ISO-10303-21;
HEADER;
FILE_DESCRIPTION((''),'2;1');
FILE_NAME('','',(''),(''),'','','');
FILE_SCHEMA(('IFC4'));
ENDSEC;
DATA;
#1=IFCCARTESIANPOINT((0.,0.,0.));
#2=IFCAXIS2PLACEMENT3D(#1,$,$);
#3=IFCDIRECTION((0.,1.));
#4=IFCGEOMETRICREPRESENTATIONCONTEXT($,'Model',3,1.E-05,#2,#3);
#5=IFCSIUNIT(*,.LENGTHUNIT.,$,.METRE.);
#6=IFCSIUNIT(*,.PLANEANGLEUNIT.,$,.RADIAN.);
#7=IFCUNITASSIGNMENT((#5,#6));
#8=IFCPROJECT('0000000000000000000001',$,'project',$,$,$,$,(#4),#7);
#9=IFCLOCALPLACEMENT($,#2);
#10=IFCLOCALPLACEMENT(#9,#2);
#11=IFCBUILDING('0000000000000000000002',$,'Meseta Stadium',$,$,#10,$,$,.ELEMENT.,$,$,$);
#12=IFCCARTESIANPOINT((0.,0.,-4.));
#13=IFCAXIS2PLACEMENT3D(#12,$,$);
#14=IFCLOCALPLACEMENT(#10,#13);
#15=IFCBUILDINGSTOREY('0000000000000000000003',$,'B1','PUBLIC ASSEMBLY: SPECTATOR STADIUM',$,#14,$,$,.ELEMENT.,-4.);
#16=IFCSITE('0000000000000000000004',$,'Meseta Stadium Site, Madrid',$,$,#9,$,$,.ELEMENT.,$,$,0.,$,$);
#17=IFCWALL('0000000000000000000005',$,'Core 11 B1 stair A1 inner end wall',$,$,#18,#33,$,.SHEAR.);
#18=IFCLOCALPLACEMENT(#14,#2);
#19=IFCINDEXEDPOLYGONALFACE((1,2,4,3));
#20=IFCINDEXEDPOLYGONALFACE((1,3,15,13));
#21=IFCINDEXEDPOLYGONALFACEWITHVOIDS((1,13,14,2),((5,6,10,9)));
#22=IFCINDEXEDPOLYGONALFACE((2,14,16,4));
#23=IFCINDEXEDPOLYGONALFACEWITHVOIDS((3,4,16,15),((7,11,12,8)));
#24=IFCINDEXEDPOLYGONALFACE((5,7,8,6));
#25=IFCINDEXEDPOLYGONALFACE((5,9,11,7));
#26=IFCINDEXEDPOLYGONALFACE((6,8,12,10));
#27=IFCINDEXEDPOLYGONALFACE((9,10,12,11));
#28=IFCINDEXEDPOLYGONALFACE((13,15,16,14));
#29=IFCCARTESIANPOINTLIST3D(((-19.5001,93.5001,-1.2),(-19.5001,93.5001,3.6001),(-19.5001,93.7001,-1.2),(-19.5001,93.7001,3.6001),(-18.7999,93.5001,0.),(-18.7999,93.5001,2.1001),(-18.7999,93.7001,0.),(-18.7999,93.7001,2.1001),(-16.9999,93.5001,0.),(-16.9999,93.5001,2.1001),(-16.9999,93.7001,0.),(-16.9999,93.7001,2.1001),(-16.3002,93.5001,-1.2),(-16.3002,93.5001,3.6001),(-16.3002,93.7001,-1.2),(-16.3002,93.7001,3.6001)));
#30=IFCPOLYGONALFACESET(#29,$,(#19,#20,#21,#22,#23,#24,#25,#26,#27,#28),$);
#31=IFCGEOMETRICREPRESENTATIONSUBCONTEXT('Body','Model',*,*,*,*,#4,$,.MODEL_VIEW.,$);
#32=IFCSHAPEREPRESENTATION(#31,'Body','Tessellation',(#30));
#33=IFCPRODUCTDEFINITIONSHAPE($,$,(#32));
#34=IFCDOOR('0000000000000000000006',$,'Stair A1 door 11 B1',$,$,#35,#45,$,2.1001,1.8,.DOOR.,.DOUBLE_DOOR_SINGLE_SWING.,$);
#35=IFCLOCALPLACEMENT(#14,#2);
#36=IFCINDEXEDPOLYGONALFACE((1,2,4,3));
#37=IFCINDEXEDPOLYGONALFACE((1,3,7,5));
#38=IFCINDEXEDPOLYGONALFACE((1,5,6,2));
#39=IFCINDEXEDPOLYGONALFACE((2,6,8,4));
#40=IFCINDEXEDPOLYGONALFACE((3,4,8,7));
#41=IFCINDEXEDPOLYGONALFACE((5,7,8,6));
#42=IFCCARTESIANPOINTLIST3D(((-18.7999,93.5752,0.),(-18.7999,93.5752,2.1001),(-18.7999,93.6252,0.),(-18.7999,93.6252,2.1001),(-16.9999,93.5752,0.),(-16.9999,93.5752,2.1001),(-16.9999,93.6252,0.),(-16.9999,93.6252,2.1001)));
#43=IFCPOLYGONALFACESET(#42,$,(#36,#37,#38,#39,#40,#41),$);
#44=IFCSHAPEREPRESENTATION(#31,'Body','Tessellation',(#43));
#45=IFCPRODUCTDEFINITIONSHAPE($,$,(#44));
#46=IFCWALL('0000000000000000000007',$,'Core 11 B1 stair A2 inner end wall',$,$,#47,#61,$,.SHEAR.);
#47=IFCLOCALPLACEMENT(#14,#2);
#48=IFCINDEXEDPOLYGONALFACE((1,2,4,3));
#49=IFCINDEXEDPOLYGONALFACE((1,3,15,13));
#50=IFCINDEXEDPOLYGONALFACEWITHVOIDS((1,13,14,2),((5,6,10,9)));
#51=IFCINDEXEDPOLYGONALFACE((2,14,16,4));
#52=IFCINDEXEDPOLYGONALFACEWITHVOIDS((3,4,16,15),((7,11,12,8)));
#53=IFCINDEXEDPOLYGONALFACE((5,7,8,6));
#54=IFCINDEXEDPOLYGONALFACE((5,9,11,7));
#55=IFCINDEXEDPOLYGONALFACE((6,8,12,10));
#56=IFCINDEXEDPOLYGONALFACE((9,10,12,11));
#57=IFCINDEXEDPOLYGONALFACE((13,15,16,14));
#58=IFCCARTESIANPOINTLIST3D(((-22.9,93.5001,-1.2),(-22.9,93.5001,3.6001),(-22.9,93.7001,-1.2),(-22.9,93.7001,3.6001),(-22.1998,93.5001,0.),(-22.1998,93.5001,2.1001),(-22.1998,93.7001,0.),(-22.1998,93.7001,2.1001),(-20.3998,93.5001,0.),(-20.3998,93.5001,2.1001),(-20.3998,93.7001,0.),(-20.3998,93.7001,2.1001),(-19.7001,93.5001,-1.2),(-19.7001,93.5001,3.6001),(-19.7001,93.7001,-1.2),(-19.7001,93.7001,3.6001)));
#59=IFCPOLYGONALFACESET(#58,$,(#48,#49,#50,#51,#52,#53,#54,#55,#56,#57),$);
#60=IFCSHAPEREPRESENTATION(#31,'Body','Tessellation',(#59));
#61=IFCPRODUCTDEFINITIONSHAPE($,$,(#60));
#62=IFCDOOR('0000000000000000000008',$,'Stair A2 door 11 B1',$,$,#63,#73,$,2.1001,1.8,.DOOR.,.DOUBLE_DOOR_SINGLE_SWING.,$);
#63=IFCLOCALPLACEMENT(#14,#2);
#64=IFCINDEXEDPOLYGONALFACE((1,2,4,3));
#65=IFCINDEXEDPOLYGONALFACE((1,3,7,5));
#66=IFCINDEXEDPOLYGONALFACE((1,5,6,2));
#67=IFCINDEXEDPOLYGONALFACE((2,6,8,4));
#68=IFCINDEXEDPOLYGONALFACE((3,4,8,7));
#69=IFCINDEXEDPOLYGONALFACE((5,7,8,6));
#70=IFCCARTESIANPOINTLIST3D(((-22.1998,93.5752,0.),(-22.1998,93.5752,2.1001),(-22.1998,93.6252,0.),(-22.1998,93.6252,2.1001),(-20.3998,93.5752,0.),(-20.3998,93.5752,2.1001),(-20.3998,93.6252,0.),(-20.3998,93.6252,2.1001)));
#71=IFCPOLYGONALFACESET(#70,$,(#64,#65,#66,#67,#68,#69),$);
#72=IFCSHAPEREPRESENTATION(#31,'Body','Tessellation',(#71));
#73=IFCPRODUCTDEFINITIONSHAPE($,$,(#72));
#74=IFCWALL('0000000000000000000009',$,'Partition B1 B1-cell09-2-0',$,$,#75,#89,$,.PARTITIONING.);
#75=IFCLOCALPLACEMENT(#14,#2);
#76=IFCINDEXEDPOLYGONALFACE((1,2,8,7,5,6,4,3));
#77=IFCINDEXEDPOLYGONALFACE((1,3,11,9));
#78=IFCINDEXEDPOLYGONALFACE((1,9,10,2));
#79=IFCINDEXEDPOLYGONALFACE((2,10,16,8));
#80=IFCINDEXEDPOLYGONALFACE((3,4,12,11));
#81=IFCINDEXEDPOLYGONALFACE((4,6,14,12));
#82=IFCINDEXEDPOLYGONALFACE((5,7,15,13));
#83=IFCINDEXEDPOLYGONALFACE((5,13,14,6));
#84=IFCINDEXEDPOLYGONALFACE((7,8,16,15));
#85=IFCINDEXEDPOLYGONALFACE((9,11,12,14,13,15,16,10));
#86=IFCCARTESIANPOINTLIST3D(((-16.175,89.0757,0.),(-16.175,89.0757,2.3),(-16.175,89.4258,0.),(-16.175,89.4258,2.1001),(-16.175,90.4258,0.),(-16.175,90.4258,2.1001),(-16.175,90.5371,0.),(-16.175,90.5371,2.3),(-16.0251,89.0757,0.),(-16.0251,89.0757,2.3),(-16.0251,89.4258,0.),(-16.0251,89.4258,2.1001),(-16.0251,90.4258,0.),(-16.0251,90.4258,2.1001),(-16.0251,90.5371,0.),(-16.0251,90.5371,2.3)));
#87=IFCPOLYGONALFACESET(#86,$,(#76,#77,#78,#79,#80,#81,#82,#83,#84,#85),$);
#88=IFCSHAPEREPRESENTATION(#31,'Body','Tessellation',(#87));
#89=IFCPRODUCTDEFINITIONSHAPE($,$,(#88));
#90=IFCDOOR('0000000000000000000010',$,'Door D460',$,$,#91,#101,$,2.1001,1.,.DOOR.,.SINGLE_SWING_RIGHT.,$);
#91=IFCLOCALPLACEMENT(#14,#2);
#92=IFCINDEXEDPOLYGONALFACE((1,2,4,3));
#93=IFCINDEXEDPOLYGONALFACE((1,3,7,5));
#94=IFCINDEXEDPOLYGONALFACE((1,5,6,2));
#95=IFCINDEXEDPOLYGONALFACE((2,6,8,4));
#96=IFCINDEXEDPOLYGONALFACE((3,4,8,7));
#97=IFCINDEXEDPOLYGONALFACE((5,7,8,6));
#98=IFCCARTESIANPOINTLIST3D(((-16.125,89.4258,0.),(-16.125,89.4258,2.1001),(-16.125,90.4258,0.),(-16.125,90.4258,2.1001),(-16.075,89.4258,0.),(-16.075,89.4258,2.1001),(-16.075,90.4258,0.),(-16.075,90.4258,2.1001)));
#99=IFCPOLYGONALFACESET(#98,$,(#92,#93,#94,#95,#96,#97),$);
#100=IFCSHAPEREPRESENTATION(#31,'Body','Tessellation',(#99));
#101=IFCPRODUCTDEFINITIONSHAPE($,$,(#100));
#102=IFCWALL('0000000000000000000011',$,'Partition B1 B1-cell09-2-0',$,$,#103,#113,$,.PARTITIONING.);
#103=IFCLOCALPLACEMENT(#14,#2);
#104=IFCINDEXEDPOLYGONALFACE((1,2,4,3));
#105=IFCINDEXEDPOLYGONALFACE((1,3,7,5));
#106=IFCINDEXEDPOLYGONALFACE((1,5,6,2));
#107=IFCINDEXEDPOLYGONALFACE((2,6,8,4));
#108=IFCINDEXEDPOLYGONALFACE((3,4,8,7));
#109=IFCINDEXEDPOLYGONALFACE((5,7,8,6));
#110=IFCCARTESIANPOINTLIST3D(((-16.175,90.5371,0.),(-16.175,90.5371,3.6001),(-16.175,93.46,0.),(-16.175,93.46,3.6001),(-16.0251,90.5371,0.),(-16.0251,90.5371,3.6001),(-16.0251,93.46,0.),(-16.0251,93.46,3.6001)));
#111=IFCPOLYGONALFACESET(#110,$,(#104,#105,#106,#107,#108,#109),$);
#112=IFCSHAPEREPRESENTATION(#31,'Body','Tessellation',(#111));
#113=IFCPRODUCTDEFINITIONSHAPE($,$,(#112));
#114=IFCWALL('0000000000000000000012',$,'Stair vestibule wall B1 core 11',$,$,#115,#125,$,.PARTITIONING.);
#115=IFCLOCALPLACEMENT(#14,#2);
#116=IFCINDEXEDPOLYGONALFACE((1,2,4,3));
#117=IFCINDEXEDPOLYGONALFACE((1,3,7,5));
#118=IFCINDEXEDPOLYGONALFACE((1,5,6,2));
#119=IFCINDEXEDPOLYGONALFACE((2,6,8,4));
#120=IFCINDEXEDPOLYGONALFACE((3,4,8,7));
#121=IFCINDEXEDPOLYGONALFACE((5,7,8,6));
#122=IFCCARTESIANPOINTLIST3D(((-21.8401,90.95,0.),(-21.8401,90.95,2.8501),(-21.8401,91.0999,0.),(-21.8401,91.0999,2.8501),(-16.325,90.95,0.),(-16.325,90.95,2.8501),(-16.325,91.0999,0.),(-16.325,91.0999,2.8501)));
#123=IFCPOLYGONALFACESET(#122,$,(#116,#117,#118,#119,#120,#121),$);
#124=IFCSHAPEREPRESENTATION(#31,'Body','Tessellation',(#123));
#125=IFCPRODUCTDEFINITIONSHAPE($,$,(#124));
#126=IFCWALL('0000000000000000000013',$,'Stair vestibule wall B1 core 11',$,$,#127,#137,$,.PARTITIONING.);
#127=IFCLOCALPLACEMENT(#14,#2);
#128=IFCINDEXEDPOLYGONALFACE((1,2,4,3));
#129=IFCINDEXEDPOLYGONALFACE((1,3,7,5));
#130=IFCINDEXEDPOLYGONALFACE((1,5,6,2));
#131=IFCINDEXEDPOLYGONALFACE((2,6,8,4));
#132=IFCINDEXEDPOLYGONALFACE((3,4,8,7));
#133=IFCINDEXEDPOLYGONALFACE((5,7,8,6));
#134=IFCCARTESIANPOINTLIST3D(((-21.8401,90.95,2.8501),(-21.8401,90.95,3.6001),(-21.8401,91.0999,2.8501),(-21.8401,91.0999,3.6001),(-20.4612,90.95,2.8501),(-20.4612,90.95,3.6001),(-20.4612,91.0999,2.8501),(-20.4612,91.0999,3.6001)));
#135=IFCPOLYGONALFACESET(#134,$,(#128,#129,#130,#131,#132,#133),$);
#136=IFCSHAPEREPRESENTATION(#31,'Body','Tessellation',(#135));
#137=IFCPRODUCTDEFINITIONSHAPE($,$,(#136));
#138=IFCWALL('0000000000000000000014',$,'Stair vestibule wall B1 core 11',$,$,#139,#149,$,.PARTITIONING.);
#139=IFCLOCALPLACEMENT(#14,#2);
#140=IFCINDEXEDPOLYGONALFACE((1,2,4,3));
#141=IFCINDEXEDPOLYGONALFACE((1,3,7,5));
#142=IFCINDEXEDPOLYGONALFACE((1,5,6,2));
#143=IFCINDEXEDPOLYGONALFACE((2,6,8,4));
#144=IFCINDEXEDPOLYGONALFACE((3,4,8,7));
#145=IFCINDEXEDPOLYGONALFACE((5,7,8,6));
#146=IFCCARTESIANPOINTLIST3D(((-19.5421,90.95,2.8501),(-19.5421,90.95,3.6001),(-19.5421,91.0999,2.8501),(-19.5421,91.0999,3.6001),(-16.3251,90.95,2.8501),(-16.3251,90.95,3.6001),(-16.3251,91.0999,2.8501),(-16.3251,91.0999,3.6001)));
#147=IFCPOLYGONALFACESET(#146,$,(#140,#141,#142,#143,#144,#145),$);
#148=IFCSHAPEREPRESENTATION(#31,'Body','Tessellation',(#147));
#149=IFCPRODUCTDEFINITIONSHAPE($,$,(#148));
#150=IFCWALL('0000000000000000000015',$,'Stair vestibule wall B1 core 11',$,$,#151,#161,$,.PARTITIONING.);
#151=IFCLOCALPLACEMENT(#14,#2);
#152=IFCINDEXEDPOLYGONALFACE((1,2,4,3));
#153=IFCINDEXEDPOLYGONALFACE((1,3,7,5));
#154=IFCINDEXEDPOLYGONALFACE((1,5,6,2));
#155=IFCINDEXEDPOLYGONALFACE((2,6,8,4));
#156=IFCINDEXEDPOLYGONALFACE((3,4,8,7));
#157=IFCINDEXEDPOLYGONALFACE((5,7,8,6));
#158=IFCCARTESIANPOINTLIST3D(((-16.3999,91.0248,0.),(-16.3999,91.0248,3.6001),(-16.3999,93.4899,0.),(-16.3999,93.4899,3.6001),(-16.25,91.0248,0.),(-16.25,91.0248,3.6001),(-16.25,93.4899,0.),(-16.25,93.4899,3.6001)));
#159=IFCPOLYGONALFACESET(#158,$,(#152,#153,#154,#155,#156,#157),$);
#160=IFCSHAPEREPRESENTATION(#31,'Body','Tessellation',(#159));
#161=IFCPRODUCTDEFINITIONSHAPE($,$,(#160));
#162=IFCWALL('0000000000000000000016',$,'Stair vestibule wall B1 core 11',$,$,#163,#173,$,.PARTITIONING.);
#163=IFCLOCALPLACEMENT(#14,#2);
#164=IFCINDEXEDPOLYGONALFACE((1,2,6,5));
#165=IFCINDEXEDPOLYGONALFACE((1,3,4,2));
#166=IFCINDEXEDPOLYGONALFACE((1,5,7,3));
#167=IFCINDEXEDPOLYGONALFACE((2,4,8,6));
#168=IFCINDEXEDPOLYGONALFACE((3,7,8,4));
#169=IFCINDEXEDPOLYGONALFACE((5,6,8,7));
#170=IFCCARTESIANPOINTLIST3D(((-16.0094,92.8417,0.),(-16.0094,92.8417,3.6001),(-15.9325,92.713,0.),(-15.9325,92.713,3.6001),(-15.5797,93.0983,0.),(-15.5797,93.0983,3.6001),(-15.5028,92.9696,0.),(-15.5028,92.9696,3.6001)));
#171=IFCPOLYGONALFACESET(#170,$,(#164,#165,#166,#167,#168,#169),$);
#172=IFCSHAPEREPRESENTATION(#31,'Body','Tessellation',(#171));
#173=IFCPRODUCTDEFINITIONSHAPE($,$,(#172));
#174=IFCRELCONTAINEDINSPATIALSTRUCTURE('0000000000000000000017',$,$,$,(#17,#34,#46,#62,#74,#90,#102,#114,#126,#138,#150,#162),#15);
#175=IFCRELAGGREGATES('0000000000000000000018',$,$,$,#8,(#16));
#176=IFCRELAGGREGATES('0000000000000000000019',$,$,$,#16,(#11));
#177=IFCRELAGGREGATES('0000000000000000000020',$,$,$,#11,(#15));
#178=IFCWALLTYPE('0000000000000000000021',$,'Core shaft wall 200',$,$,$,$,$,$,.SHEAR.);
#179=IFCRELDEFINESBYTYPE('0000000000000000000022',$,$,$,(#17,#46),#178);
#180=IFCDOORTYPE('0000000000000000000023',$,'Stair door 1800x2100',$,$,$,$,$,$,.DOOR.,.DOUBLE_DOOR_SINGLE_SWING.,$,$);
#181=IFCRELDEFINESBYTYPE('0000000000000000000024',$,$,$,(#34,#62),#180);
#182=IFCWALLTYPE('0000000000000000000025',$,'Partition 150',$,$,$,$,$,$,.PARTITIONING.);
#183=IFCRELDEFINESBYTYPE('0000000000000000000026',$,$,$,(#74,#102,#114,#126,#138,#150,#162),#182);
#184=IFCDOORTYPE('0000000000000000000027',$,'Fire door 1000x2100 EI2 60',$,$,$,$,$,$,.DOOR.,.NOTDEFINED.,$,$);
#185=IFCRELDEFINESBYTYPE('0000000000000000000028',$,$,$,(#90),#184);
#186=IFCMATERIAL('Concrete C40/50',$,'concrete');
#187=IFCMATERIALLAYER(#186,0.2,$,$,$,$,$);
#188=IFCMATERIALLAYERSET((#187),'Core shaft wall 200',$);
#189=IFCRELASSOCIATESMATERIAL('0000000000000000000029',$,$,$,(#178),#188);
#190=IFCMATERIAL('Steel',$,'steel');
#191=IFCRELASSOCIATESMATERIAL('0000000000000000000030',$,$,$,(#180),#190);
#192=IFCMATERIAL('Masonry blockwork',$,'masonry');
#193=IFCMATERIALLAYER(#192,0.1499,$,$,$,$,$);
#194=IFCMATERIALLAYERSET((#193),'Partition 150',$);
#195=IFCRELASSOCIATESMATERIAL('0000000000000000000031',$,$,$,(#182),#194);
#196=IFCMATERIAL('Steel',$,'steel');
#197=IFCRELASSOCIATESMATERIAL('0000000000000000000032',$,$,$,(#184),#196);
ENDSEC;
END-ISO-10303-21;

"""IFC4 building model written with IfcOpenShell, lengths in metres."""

from ifc_helpers import new_model, si_unit, direction, frame, frame_2d, origin, place, context, subcontext, project, spatial, rectangle, extrude, material, layer, layer_set, type_object, element, fill, save


model = new_model("IFC4")

# Units and contexts
model_context = context("Model", 3, precision=1e-05, world=origin(), true_north=direction((0.0, 1.0)))
body_context = subcontext(model_context, "Body", "Model", "MODEL_VIEW")
ifc_project = project(units=[si_unit("LENGTHUNIT", "METRE"), si_unit("PLANEANGLEUNIT", "RADIAN")], contexts=[model_context])

# Site, building, storey
site_placement = place(None, origin())
site = spatial("IfcSite", under=ifc_project, at=site_placement, Name="Meseta Stadium Site, Madrid", CompositionType="ELEMENT", RefElevation=0.0)
building_placement = place(site_placement, origin())
building = spatial("IfcBuilding", under=site, at=building_placement, Name="Meseta Stadium", CompositionType="ELEMENT")
storey_placement = place(building_placement, frame((0.0, 0.0, -4.0)))
storey = spatial("IfcBuildingStorey", under=building, at=storey_placement, Name="B1", Description="PUBLIC ASSEMBLY: SPECTATOR STADIUM", CompositionType="ELEMENT", Elevation=-4.0)

# Walls, openings, doors
ifc_material_1 = material(Name="Concrete C40/50", Category="concrete")
ifc_layer_1 = layer(ifc_material_1, 0.2)
ifc_layer_set_1 = layer_set([ifc_layer_1], Name="Core shaft wall 200")
wall_type_1 = type_object("IfcWallType", Name="Core shaft wall 200", PredefinedType="SHEAR", material=ifc_layer_set_1)
wall_1_placement = place(storey_placement, frame((-16.3, 93.6001, -1.2), z_axis=(0.0, 0.0, 1.0), x_axis=(-1.0, 0.0, 0.0)))
wall_1 = element("IfcWall", 1, at=wall_1_placement, inside=storey, type_object=wall_type_1, Name="Core 11 B1 stair A1 inner end wall", PredefinedType="SHEAR", context=body_context, shape_type="SweptSolid", body=[
    extrude(rectangle(XDim=3.2, YDim=0.2, at=frame_2d((1.6001, 0.0))), origin(), (0.0, 0.0, 1.0), 4.8),
])
opening_1_placement = place(wall_1_placement, frame((0.7, 0.0, 1.2)))
opening_1 = element("IfcOpeningElement", 2, at=opening_1_placement, cuts=wall_1, PredefinedType="OPENING", context=body_context, shape_type="SweptSolid", body=[
    extrude(rectangle(XDim=1.8, YDim=2.1001, at=frame_2d((0.8999, 1.05))), frame((0.0, 0.1099, 0.0), z_axis=(0.0, -1.0, 0.0), x_axis=(1.0, 0.0, 0.0)), (0.0, 0.0, 1.0), 0.22),
])
ifc_material_2 = material(Name="Steel", Category="steel")
door_type_1 = type_object("IfcDoorType", Name="Stair door 1800x2100", OperationType="DOUBLE_DOOR_SINGLE_SWING", PredefinedType="DOOR", material=ifc_material_2)
door_1_placement = place(opening_1_placement, origin())
door_1 = element("IfcDoor", 3, at=door_1_placement, inside=storey, type_object=door_type_1, Name="Stair A1 door 11 B1", OperationType="DOUBLE_DOOR_SINGLE_SWING", OverallHeight=2.1001, OverallWidth=1.8, PredefinedType="DOOR", context=body_context, shape_type="SweptSolid", body=[
    extrude(rectangle(XDim=1.8, YDim=2.1001, at=frame_2d((0.8999, 1.05))), frame((0.0, 0.0249, 0.0), z_axis=(0.0, -1.0, 0.0), x_axis=(1.0, 0.0, 0.0)), (0.0, 0.0, 1.0), 0.05),
])
fill(opening_1, door_1)
wall_2_placement = place(storey_placement, frame((-19.7, 93.6001, -1.2), z_axis=(0.0, 0.0, 1.0), x_axis=(-1.0, 0.0, 0.0)))
wall_2 = element("IfcWall", 4, at=wall_2_placement, inside=storey, type_object=wall_type_1, Name="Core 11 B1 stair A2 inner end wall", PredefinedType="SHEAR", context=body_context, shape_type="SweptSolid", body=[
    extrude(rectangle(XDim=3.2, YDim=0.2, at=frame_2d((1.6001, 0.0))), origin(), (0.0, 0.0, 1.0), 4.8),
])
opening_2_placement = place(wall_2_placement, frame((0.7, 0.0, 1.2)))
opening_2 = element("IfcOpeningElement", 5, at=opening_2_placement, cuts=wall_2, PredefinedType="OPENING", context=body_context, shape_type="SweptSolid", body=[
    extrude(rectangle(XDim=1.8, YDim=2.1001, at=frame_2d((0.8999, 1.05))), frame((0.0, 0.1099, 0.0), z_axis=(0.0, -1.0, 0.0), x_axis=(1.0, 0.0, 0.0)), (0.0, 0.0, 1.0), 0.22),
])
door_2_placement = place(opening_2_placement, origin())
door_2 = element("IfcDoor", 6, at=door_2_placement, inside=storey, type_object=door_type_1, Name="Stair A2 door 11 B1", OperationType="DOUBLE_DOOR_SINGLE_SWING", OverallHeight=2.1001, OverallWidth=1.8, PredefinedType="DOOR", context=body_context, shape_type="SweptSolid", body=[
    extrude(rectangle(XDim=1.8, YDim=2.1001, at=frame_2d((0.8999, 1.05))), frame((0.0, 0.0249, 0.0), z_axis=(0.0, -1.0, 0.0), x_axis=(1.0, 0.0, 0.0)), (0.0, 0.0, 1.0), 0.05),
])
fill(opening_2, door_2)
ifc_material_3 = material(Name="Masonry blockwork", Category="masonry")
ifc_layer_2 = layer(ifc_material_3, 0.1499)
ifc_layer_set_2 = layer_set([ifc_layer_2], Name="Partition 150")
wall_type_2 = type_object("IfcWallType", Name="Partition 150", PredefinedType="PARTITIONING", material=ifc_layer_set_2)
wall_3_placement = place(storey_placement, frame((-16.1001, 89.0757, 0.0), z_axis=(0.0, 0.0, 1.0), x_axis=(0.0, 1.0, 0.0)))
wall_3 = element("IfcWall", 7, at=wall_3_placement, inside=storey, type_object=wall_type_2, Name="Partition B1 B1-cell09-2-0", PredefinedType="PARTITIONING", context=body_context, shape_type="SweptSolid", body=[
    extrude(rectangle(XDim=1.4614, YDim=0.1499, at=frame_2d((0.7307, 0.0))), origin(), (0.0, 0.0, 1.0), 2.3),
])
opening_3_placement = place(wall_3_placement, frame((0.3501, 0.0, 0.0)))
opening_3 = element("IfcOpeningElement", 8, at=opening_3_placement, cuts=wall_3, PredefinedType="OPENING", context=body_context, shape_type="SweptSolid", body=[
    extrude(rectangle(XDim=1.0, YDim=2.1001, at=frame_2d((0.5, 1.05))), frame((0.0, 0.085, 0.0), z_axis=(0.0, -1.0, 0.0), x_axis=(1.0, 0.0, 0.0)), (0.0, 0.0, 1.0), 0.1699),
])
ifc_material_4 = material(Name="Steel", Category="steel")
door_type_2 = type_object("IfcDoorType", Name="Fire door 1000x2100 EI2 60", OperationType="NOTDEFINED", PredefinedType="DOOR", material=ifc_material_4)
door_3_placement = place(opening_3_placement, origin())
door_3 = element("IfcDoor", 9, at=door_3_placement, inside=storey, type_object=door_type_2, Name="Door D460", OperationType="SINGLE_SWING_RIGHT", OverallHeight=2.1001, OverallWidth=1.0, PredefinedType="DOOR", context=body_context, shape_type="SweptSolid", body=[
    extrude(rectangle(XDim=1.0, YDim=2.1001, at=frame_2d((0.5, 1.05))), frame((0.0, 0.0249, 0.0), z_axis=(0.0, -1.0, 0.0), x_axis=(1.0, 0.0, 0.0)), (0.0, 0.0, 1.0), 0.05),
])
fill(opening_3, door_3)

# Walls
wall_4_placement = place(storey_placement, frame((-16.1001, 90.5371, 0.0), z_axis=(0.0, 0.0, 1.0), x_axis=(0.0, 1.0, 0.0)))
element("IfcWall", 10, at=wall_4_placement, inside=storey, type_object=wall_type_2, Name="Partition B1 B1-cell09-2-0", PredefinedType="PARTITIONING", context=body_context, shape_type="SweptSolid", body=[
    extrude(rectangle(XDim=2.9229, YDim=0.1499, at=frame_2d((1.4614, 0.0))), origin(), (0.0, 0.0, 1.0), 3.6001),
])
wall_5_placement = place(storey_placement, frame((-21.8401, 91.0249, 0.0), z_axis=(0.0, 0.0, 1.0), x_axis=(1.0, 0.0, 0.0)))
element("IfcWall", 11, at=wall_5_placement, inside=storey, type_object=wall_type_2, Name="Stair vestibule wall B1 core 11", PredefinedType="PARTITIONING", context=body_context, shape_type="SweptSolid", body=[
    extrude(rectangle(XDim=5.5151, YDim=0.1499, at=frame_2d((2.7576, 0.0))), origin(), (0.0, 0.0, 1.0), 2.8501),
])
wall_6_placement = place(storey_placement, frame((-21.8401, 91.0249, 2.8501), z_axis=(0.0, 0.0, 1.0), x_axis=(1.0, 0.0, 0.0)))
element("IfcWall", 12, at=wall_6_placement, inside=storey, type_object=wall_type_2, Name="Stair vestibule wall B1 core 11", PredefinedType="PARTITIONING", context=body_context, shape_type="SweptSolid", body=[
    extrude(rectangle(XDim=1.3789, YDim=0.1499, at=frame_2d((0.6895, 0.0))), origin(), (0.0, 0.0, 1.0), 0.75),
])
wall_7_placement = place(storey_placement, frame((-19.542, 91.0249, 2.8501), z_axis=(0.0, 0.0, 1.0), x_axis=(1.0, 0.0, 0.0)))
element("IfcWall", 13, at=wall_7_placement, inside=storey, type_object=wall_type_2, Name="Stair vestibule wall B1 core 11", PredefinedType="PARTITIONING", context=body_context, shape_type="SweptSolid", body=[
    extrude(rectangle(XDim=3.217, YDim=0.1499, at=frame_2d((1.6084, 0.0))), origin(), (0.0, 0.0, 1.0), 0.75),
])
wall_8_placement = place(storey_placement, frame((-16.325, 91.0249, 0.0), z_axis=(0.0, 0.0, 1.0), x_axis=(0.0, 1.0, 0.0)))
element("IfcWall", 14, at=wall_8_placement, inside=storey, type_object=wall_type_2, Name="Stair vestibule wall B1 core 11", PredefinedType="PARTITIONING", context=body_context, shape_type="SweptSolid", body=[
    extrude(rectangle(XDim=2.4651, YDim=0.1499, at=frame_2d((1.2324, 0.0))), origin(), (0.0, 0.0, 1.0), 3.6001),
])
wall_9_placement = place(storey_placement, frame((-15.9709, 92.7773, 0.0), z_axis=(0.0, 0.0, 1.0), x_axis=(0.858567, 0.512701, 0.0)))
element("IfcWall", 15, at=wall_9_placement, inside=storey, type_object=wall_type_2, Name="Stair vestibule wall B1 core 11", PredefinedType="PARTITIONING", context=body_context, shape_type="SweptSolid", body=[
    extrude(rectangle(XDim=0.5005, YDim=0.1499, at=frame_2d((0.2502, 0.0))), origin(), (0.0, 0.0, 1.0), 3.6001),
])

save(model, "model.ifc")
